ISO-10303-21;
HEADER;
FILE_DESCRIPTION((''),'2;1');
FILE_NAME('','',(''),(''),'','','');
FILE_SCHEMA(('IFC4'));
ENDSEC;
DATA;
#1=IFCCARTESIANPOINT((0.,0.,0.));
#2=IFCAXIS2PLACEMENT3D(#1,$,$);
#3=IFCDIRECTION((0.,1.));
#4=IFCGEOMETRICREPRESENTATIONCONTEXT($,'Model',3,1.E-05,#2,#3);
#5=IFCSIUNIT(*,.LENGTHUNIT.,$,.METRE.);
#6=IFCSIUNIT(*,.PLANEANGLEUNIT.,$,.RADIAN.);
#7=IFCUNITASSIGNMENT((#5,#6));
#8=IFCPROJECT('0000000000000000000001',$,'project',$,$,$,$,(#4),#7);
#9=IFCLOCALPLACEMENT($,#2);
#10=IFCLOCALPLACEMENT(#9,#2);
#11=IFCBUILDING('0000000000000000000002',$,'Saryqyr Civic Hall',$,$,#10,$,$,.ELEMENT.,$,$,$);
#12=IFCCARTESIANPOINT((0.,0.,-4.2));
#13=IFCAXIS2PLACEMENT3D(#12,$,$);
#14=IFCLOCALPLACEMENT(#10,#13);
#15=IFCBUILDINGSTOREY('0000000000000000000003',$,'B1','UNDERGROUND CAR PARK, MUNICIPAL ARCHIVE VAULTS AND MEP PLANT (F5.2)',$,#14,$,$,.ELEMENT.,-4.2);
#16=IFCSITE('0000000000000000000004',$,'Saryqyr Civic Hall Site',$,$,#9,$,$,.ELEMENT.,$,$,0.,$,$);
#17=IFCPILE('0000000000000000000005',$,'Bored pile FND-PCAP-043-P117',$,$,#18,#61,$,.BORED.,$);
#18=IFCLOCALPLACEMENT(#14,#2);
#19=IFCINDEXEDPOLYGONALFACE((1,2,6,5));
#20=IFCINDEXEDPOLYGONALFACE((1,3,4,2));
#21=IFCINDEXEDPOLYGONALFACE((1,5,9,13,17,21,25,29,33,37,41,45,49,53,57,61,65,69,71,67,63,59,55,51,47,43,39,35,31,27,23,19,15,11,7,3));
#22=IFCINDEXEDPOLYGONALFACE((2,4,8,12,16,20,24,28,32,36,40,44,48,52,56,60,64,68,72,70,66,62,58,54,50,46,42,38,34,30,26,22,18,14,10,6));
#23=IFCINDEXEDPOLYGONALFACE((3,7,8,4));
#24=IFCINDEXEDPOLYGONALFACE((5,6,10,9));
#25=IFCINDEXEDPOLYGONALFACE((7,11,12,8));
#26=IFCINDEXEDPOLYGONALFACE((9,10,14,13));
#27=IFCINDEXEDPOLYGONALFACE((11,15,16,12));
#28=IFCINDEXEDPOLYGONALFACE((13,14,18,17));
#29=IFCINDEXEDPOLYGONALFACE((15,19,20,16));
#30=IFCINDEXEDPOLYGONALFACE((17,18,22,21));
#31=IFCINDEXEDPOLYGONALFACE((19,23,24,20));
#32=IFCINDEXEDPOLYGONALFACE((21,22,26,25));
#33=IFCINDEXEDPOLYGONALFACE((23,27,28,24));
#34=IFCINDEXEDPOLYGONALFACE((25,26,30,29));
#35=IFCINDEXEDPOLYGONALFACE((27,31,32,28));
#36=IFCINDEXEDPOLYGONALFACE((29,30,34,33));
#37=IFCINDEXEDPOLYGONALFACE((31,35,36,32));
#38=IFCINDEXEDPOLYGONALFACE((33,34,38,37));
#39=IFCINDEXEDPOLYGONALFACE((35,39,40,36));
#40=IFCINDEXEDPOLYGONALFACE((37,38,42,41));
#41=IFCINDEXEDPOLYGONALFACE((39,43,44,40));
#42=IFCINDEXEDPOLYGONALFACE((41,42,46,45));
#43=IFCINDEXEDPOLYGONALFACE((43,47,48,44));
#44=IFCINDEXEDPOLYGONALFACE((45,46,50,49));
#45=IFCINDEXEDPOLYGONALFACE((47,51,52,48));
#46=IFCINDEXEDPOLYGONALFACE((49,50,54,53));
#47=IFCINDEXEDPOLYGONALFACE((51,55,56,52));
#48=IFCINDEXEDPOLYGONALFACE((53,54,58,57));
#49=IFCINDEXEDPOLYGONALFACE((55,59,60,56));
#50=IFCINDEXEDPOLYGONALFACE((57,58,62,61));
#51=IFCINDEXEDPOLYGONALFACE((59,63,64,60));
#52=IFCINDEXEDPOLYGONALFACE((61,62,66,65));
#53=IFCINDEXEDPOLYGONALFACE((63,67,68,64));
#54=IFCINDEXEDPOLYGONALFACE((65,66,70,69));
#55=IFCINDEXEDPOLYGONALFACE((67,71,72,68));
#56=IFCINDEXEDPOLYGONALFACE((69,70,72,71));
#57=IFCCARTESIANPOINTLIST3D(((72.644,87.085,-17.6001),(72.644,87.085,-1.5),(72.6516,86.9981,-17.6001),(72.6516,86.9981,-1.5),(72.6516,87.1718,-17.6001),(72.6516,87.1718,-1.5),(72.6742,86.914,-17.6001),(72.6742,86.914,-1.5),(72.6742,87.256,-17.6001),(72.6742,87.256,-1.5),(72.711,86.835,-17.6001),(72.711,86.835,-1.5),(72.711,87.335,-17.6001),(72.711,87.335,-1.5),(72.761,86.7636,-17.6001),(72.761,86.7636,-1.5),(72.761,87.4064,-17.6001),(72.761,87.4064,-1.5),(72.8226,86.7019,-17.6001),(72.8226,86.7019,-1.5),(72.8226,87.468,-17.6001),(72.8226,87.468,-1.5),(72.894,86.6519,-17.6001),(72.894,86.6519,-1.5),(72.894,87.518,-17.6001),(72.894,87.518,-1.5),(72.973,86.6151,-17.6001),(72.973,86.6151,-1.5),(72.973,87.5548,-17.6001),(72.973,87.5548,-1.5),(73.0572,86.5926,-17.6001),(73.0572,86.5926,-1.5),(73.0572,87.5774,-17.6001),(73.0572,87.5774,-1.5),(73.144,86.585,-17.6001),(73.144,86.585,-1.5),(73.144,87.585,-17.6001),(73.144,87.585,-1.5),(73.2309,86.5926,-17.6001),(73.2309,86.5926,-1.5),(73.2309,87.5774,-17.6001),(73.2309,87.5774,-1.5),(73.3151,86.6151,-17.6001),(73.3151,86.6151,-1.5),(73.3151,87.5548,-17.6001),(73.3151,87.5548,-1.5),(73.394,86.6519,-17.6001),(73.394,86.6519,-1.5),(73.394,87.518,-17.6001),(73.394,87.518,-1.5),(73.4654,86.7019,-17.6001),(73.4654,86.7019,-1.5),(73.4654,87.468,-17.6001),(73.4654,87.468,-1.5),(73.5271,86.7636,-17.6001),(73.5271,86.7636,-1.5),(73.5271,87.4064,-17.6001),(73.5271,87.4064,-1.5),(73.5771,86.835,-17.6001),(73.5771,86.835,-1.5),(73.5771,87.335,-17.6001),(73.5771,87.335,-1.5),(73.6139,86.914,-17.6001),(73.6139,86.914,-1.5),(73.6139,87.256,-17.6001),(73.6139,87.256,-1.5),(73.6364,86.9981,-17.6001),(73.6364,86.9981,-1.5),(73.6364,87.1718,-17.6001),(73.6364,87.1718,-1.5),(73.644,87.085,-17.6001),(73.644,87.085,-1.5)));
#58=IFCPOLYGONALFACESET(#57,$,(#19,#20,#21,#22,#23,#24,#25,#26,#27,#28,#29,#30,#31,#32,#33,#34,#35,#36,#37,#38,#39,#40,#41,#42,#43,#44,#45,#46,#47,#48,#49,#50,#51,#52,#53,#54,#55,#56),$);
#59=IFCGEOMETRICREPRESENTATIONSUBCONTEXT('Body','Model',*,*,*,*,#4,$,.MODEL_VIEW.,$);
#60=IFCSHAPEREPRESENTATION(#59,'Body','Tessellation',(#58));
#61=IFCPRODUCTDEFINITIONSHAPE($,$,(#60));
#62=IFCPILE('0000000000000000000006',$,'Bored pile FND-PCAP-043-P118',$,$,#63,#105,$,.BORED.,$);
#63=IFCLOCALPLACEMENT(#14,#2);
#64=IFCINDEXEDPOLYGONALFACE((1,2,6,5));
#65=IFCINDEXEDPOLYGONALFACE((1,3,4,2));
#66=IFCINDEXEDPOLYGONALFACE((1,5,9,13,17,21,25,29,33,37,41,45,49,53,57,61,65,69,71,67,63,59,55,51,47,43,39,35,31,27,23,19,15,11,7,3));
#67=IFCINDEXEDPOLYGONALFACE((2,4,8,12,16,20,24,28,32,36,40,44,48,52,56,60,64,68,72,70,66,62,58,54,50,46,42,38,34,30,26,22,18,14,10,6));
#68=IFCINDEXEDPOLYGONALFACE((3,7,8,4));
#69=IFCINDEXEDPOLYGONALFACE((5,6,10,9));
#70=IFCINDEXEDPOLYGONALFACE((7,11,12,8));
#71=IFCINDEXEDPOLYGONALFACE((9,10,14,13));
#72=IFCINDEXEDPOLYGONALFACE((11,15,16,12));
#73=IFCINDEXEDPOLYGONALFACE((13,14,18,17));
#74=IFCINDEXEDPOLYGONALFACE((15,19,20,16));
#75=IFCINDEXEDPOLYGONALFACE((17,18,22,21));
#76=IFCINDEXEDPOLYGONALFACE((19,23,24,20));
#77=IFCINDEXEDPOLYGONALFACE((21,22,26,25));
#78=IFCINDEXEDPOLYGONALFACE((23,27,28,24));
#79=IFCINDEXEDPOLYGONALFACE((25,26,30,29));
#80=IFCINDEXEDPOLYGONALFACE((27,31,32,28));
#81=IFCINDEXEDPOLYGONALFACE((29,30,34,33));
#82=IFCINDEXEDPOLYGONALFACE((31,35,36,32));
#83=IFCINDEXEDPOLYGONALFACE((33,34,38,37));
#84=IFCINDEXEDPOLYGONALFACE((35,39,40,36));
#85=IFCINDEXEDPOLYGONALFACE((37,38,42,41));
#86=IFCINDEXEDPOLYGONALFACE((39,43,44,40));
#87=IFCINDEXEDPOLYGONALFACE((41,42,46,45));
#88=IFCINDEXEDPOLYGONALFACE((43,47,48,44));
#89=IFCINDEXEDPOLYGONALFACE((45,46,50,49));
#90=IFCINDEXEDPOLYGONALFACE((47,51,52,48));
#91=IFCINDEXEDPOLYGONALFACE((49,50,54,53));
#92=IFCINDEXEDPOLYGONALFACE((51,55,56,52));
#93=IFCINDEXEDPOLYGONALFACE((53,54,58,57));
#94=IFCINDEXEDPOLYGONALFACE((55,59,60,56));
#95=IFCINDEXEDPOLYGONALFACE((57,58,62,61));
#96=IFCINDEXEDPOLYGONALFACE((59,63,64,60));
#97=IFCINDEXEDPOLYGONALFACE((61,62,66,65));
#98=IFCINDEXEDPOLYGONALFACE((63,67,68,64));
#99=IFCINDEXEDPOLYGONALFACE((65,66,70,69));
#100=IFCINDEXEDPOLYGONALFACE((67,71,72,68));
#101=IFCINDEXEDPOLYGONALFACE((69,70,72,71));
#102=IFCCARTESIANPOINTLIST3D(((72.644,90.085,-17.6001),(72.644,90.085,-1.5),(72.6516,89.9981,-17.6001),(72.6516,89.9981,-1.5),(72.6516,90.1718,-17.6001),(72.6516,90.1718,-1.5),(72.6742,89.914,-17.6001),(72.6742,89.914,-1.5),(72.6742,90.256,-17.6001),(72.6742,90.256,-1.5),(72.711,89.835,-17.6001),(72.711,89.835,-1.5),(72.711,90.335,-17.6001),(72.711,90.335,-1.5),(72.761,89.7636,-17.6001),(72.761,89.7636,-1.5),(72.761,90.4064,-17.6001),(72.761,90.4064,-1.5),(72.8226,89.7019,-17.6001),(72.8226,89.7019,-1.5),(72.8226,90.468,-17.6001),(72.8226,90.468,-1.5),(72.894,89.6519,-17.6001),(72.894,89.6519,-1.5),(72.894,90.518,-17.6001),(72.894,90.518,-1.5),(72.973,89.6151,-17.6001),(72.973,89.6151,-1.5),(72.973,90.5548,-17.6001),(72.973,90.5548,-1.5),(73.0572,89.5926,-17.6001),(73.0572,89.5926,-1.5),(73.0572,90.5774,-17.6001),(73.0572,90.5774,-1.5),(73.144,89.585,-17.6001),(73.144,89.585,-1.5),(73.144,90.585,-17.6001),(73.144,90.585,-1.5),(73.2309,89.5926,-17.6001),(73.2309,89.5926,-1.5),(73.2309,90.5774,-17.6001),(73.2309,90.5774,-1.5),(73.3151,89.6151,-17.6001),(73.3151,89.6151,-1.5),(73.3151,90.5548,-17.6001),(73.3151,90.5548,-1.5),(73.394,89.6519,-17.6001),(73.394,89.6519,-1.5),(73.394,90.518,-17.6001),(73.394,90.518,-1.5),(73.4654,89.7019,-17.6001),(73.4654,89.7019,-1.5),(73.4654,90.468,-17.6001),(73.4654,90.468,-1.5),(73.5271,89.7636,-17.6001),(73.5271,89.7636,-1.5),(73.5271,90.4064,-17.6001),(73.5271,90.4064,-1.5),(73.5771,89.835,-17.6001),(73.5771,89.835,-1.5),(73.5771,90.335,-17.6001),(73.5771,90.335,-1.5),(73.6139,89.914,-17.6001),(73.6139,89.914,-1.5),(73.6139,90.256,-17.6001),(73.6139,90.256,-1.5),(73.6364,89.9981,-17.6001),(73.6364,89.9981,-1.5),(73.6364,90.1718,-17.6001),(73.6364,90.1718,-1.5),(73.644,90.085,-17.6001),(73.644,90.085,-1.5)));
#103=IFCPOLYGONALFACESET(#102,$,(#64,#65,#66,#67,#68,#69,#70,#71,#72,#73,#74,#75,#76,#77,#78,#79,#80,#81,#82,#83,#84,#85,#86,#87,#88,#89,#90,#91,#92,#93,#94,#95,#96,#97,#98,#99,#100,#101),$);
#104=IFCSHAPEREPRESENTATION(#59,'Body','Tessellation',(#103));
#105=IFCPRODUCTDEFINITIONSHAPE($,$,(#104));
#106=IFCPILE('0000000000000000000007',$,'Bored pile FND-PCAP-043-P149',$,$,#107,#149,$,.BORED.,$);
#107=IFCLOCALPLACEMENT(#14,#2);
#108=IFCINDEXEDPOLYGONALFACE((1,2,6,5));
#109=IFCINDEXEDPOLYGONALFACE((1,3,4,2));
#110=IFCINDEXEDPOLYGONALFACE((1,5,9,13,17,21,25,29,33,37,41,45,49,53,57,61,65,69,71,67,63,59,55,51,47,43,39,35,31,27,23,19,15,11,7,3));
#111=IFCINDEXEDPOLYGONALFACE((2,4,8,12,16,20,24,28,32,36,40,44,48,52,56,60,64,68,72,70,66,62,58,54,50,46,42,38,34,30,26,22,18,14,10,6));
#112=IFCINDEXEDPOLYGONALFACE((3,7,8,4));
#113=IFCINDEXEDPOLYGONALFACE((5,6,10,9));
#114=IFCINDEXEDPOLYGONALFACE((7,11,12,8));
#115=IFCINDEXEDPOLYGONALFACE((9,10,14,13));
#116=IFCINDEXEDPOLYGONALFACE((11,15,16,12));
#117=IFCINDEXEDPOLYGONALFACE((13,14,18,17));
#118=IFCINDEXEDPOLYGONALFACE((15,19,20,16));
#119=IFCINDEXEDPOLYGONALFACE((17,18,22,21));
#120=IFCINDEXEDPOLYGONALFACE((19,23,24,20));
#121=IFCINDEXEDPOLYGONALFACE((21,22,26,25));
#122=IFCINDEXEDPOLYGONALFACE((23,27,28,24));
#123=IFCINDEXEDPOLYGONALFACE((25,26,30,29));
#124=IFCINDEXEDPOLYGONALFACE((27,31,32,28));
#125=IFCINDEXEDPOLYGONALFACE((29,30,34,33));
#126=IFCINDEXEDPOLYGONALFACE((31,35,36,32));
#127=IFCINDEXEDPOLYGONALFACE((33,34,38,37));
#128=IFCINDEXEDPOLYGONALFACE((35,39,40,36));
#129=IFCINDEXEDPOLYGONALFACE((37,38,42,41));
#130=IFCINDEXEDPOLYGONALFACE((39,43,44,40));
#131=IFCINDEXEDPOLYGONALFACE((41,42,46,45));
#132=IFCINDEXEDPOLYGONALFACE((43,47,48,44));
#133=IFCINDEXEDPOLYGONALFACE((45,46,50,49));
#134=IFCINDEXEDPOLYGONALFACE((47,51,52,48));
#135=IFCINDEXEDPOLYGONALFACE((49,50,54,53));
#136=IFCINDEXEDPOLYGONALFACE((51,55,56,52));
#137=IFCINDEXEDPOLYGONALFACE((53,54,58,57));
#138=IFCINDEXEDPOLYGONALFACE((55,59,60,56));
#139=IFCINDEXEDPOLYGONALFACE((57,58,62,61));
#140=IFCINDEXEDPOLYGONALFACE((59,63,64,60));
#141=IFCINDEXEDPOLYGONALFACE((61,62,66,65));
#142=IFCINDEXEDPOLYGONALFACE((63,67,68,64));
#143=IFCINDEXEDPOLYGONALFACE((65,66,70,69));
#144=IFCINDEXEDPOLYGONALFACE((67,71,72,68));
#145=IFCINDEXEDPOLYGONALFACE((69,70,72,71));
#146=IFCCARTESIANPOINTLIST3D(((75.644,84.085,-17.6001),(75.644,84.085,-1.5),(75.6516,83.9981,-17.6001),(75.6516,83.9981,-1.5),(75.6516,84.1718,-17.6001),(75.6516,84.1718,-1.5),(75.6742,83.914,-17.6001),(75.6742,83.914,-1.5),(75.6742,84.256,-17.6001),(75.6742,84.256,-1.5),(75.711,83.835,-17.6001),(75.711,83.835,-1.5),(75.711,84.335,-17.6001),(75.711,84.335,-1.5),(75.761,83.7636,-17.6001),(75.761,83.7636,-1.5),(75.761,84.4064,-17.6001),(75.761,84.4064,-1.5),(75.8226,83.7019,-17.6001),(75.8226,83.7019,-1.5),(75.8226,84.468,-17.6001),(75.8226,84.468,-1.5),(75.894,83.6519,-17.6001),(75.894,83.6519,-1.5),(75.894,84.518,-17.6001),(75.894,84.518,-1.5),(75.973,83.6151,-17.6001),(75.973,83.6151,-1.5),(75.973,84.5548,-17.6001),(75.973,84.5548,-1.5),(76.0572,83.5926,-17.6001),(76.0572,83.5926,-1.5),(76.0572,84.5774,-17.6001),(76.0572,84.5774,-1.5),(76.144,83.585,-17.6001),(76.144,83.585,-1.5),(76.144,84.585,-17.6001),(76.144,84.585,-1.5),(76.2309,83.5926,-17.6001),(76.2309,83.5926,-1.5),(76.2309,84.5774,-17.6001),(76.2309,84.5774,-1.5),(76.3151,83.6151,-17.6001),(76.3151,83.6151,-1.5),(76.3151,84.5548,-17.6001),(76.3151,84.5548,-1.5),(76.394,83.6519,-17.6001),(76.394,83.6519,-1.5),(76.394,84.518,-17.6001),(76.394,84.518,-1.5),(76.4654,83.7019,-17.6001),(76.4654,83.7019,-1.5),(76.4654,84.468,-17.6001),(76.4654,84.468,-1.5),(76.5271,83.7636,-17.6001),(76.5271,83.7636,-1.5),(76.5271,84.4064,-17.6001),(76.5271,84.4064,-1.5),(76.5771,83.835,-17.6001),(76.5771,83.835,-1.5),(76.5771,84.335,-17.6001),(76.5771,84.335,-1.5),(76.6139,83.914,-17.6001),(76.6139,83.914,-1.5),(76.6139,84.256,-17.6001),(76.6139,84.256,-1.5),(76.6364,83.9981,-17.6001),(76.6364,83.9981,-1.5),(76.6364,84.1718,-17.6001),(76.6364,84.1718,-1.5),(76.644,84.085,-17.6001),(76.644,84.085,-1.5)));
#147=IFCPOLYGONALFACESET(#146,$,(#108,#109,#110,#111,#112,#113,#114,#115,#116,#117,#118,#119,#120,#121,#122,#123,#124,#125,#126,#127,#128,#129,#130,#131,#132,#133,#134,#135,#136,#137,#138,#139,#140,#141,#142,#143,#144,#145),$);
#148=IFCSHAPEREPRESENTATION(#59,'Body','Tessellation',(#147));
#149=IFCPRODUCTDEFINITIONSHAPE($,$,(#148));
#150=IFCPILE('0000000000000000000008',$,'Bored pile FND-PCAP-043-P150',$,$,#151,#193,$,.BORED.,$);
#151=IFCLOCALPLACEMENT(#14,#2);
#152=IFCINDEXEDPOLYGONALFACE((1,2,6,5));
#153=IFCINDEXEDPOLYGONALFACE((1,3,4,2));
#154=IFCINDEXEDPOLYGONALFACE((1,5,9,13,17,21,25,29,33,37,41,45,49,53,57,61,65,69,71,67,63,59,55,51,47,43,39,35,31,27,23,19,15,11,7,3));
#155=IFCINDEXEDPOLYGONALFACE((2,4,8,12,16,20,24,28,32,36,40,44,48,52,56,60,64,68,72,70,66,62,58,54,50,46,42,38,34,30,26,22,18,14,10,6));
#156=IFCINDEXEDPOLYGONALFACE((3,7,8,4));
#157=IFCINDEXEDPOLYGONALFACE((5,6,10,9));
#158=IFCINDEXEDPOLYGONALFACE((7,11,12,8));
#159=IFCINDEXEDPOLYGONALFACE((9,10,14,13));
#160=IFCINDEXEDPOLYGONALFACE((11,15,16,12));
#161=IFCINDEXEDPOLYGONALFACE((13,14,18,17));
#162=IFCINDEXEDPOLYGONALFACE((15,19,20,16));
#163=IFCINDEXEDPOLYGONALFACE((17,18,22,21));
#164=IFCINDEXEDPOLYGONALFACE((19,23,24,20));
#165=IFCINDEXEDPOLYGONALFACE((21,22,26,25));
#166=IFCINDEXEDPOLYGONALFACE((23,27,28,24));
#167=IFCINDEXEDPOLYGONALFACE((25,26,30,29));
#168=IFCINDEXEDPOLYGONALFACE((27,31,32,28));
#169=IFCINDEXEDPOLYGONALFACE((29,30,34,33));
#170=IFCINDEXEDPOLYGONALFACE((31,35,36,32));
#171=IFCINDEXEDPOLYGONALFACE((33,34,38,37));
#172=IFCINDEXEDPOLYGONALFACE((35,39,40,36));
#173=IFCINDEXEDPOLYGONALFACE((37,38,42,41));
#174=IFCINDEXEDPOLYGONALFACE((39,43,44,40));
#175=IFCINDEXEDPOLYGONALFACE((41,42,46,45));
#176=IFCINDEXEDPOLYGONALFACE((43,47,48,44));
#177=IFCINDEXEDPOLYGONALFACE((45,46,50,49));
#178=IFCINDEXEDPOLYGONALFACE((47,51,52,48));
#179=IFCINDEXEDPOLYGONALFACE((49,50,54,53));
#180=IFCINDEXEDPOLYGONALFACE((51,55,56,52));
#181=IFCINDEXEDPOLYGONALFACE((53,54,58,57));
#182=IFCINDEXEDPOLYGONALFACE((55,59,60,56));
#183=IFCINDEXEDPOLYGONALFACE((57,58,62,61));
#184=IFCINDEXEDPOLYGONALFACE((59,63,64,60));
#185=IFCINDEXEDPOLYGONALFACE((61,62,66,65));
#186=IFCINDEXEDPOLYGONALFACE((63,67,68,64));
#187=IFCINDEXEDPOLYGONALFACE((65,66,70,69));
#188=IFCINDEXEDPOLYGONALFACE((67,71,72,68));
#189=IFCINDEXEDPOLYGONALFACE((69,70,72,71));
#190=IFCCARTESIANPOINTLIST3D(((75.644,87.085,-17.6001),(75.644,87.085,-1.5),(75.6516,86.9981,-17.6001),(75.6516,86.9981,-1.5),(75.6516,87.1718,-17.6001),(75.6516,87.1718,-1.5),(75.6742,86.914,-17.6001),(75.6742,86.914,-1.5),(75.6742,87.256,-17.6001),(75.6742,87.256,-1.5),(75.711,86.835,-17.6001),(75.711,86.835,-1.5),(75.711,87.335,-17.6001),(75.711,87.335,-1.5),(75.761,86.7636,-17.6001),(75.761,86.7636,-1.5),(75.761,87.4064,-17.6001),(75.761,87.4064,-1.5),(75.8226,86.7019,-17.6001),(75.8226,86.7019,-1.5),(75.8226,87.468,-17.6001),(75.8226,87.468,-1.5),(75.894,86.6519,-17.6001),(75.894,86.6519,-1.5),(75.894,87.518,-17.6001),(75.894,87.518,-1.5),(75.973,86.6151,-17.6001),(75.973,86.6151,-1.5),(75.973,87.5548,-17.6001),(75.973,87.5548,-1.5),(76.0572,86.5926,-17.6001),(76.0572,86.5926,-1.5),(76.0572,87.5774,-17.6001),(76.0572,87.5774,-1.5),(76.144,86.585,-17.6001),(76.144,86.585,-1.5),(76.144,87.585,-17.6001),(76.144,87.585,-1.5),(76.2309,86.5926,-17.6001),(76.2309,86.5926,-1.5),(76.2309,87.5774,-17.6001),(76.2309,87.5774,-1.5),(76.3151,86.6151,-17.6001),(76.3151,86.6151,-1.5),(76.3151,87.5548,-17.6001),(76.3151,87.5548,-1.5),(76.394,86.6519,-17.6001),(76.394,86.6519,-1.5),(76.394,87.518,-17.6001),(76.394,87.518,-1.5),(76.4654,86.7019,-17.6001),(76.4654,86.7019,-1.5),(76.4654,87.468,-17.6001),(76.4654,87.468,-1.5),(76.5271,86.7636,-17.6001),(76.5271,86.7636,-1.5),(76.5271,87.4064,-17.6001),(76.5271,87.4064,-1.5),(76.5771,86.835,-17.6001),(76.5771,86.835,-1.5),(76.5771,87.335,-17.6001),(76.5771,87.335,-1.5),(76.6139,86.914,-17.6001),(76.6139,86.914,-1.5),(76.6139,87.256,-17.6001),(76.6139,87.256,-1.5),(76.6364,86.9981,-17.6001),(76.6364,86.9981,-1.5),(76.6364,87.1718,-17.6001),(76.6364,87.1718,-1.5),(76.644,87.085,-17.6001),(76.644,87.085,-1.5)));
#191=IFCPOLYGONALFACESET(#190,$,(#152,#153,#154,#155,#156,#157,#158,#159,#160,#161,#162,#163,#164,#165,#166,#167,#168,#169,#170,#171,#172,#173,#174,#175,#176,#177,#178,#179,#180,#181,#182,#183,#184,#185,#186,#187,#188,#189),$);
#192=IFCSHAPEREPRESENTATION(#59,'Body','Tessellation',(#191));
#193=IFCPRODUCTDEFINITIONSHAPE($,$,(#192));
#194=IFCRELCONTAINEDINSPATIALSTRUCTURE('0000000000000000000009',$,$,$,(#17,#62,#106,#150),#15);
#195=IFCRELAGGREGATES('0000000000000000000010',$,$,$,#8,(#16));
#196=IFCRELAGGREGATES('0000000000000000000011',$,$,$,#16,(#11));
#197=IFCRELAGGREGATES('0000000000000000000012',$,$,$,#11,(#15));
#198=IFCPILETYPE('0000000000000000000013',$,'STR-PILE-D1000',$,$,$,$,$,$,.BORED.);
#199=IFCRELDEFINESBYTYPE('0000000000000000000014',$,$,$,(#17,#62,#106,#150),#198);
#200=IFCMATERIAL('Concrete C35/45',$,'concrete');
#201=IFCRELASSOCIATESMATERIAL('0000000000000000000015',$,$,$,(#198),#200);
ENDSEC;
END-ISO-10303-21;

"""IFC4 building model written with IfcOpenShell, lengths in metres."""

from ifc_helpers import new_model, si_unit, direction, frame, origin, origin_2d, place, context, subcontext, project, spatial, circle, extrude, material, material_profile, profile_set, type_object, element, save


model = new_model("IFC4")

# Units and contexts
model_context = context("Model", 3, precision=1e-05, world=origin(), true_north=direction((0.0, 1.0)))
body_context = subcontext(model_context, "Body", "Model", "MODEL_VIEW")
ifc_project = project(units=[si_unit("LENGTHUNIT", "METRE"), si_unit("PLANEANGLEUNIT", "RADIAN")], contexts=[model_context])

# Site, building, storey
site_placement = place(None, origin())
site = spatial("IfcSite", under=ifc_project, at=site_placement, Name="Saryqyr Civic Hall Site", CompositionType="ELEMENT", RefElevation=0.0)
building_placement = place(site_placement, origin())
building = spatial("IfcBuilding", under=site, at=building_placement, Name="Saryqyr Civic Hall", CompositionType="ELEMENT")
storey_placement = place(building_placement, frame((0.0, 0.0, -4.2)))
storey = spatial("IfcBuildingStorey", under=building, at=storey_placement, Name="B1", Description="UNDERGROUND CAR PARK, MUNICIPAL ARCHIVE VAULTS AND MEP PLANT (F5.2)", CompositionType="ELEMENT", Elevation=-4.2)

# Piles
ifc_material_1 = material(Name="Concrete C35/45", Category="concrete")
ifc_material_profile_1 = material_profile(ifc_material_1, circle(Radius=0.5, at=origin_2d()), Name="BORED PILE D1000")
ifc_profile_set_1 = profile_set([ifc_material_profile_1], Name="Concrete C35/45")
pile_type = type_object("IfcPileType", Name="STR-PILE-D1000", PredefinedType="BORED", material=ifc_profile_set_1)
for number, where, z_axis, x_axis, name in (
    (1, (73.144, 87.085, -1.5), (0.0, 0.0, -1.0), (1.0, 0.0, 0.0), "Bored pile FND-PCAP-043-P117"),
    (2, (73.144, 90.085, -1.5), (0.0, 0.0, -1.0), (1.0, 0.0, 0.0), "Bored pile FND-PCAP-043-P118"),
    (3, (76.144, 84.085, -1.5), (0.0, 0.0, -1.0), (1.0, 0.0, 0.0), "Bored pile FND-PCAP-043-P149"),
    (4, (76.144, 87.085, -1.5), (0.0, 0.0, -1.0), (1.0, 0.0, 0.0), "Bored pile FND-PCAP-043-P150"),
):
    element("IfcPile", number, at=place(storey_placement, frame(where, z_axis=z_axis, x_axis=x_axis)), inside=storey, type_object=pile_type, Name=name, PredefinedType="BORED", context=body_context, shape_type="SweptSolid", body=[
        extrude(circle(Radius=0.5, at=origin_2d()), origin(), (0.0, 0.0, 1.0), 16.1001),
    ])

save(model, "model.ifc")
